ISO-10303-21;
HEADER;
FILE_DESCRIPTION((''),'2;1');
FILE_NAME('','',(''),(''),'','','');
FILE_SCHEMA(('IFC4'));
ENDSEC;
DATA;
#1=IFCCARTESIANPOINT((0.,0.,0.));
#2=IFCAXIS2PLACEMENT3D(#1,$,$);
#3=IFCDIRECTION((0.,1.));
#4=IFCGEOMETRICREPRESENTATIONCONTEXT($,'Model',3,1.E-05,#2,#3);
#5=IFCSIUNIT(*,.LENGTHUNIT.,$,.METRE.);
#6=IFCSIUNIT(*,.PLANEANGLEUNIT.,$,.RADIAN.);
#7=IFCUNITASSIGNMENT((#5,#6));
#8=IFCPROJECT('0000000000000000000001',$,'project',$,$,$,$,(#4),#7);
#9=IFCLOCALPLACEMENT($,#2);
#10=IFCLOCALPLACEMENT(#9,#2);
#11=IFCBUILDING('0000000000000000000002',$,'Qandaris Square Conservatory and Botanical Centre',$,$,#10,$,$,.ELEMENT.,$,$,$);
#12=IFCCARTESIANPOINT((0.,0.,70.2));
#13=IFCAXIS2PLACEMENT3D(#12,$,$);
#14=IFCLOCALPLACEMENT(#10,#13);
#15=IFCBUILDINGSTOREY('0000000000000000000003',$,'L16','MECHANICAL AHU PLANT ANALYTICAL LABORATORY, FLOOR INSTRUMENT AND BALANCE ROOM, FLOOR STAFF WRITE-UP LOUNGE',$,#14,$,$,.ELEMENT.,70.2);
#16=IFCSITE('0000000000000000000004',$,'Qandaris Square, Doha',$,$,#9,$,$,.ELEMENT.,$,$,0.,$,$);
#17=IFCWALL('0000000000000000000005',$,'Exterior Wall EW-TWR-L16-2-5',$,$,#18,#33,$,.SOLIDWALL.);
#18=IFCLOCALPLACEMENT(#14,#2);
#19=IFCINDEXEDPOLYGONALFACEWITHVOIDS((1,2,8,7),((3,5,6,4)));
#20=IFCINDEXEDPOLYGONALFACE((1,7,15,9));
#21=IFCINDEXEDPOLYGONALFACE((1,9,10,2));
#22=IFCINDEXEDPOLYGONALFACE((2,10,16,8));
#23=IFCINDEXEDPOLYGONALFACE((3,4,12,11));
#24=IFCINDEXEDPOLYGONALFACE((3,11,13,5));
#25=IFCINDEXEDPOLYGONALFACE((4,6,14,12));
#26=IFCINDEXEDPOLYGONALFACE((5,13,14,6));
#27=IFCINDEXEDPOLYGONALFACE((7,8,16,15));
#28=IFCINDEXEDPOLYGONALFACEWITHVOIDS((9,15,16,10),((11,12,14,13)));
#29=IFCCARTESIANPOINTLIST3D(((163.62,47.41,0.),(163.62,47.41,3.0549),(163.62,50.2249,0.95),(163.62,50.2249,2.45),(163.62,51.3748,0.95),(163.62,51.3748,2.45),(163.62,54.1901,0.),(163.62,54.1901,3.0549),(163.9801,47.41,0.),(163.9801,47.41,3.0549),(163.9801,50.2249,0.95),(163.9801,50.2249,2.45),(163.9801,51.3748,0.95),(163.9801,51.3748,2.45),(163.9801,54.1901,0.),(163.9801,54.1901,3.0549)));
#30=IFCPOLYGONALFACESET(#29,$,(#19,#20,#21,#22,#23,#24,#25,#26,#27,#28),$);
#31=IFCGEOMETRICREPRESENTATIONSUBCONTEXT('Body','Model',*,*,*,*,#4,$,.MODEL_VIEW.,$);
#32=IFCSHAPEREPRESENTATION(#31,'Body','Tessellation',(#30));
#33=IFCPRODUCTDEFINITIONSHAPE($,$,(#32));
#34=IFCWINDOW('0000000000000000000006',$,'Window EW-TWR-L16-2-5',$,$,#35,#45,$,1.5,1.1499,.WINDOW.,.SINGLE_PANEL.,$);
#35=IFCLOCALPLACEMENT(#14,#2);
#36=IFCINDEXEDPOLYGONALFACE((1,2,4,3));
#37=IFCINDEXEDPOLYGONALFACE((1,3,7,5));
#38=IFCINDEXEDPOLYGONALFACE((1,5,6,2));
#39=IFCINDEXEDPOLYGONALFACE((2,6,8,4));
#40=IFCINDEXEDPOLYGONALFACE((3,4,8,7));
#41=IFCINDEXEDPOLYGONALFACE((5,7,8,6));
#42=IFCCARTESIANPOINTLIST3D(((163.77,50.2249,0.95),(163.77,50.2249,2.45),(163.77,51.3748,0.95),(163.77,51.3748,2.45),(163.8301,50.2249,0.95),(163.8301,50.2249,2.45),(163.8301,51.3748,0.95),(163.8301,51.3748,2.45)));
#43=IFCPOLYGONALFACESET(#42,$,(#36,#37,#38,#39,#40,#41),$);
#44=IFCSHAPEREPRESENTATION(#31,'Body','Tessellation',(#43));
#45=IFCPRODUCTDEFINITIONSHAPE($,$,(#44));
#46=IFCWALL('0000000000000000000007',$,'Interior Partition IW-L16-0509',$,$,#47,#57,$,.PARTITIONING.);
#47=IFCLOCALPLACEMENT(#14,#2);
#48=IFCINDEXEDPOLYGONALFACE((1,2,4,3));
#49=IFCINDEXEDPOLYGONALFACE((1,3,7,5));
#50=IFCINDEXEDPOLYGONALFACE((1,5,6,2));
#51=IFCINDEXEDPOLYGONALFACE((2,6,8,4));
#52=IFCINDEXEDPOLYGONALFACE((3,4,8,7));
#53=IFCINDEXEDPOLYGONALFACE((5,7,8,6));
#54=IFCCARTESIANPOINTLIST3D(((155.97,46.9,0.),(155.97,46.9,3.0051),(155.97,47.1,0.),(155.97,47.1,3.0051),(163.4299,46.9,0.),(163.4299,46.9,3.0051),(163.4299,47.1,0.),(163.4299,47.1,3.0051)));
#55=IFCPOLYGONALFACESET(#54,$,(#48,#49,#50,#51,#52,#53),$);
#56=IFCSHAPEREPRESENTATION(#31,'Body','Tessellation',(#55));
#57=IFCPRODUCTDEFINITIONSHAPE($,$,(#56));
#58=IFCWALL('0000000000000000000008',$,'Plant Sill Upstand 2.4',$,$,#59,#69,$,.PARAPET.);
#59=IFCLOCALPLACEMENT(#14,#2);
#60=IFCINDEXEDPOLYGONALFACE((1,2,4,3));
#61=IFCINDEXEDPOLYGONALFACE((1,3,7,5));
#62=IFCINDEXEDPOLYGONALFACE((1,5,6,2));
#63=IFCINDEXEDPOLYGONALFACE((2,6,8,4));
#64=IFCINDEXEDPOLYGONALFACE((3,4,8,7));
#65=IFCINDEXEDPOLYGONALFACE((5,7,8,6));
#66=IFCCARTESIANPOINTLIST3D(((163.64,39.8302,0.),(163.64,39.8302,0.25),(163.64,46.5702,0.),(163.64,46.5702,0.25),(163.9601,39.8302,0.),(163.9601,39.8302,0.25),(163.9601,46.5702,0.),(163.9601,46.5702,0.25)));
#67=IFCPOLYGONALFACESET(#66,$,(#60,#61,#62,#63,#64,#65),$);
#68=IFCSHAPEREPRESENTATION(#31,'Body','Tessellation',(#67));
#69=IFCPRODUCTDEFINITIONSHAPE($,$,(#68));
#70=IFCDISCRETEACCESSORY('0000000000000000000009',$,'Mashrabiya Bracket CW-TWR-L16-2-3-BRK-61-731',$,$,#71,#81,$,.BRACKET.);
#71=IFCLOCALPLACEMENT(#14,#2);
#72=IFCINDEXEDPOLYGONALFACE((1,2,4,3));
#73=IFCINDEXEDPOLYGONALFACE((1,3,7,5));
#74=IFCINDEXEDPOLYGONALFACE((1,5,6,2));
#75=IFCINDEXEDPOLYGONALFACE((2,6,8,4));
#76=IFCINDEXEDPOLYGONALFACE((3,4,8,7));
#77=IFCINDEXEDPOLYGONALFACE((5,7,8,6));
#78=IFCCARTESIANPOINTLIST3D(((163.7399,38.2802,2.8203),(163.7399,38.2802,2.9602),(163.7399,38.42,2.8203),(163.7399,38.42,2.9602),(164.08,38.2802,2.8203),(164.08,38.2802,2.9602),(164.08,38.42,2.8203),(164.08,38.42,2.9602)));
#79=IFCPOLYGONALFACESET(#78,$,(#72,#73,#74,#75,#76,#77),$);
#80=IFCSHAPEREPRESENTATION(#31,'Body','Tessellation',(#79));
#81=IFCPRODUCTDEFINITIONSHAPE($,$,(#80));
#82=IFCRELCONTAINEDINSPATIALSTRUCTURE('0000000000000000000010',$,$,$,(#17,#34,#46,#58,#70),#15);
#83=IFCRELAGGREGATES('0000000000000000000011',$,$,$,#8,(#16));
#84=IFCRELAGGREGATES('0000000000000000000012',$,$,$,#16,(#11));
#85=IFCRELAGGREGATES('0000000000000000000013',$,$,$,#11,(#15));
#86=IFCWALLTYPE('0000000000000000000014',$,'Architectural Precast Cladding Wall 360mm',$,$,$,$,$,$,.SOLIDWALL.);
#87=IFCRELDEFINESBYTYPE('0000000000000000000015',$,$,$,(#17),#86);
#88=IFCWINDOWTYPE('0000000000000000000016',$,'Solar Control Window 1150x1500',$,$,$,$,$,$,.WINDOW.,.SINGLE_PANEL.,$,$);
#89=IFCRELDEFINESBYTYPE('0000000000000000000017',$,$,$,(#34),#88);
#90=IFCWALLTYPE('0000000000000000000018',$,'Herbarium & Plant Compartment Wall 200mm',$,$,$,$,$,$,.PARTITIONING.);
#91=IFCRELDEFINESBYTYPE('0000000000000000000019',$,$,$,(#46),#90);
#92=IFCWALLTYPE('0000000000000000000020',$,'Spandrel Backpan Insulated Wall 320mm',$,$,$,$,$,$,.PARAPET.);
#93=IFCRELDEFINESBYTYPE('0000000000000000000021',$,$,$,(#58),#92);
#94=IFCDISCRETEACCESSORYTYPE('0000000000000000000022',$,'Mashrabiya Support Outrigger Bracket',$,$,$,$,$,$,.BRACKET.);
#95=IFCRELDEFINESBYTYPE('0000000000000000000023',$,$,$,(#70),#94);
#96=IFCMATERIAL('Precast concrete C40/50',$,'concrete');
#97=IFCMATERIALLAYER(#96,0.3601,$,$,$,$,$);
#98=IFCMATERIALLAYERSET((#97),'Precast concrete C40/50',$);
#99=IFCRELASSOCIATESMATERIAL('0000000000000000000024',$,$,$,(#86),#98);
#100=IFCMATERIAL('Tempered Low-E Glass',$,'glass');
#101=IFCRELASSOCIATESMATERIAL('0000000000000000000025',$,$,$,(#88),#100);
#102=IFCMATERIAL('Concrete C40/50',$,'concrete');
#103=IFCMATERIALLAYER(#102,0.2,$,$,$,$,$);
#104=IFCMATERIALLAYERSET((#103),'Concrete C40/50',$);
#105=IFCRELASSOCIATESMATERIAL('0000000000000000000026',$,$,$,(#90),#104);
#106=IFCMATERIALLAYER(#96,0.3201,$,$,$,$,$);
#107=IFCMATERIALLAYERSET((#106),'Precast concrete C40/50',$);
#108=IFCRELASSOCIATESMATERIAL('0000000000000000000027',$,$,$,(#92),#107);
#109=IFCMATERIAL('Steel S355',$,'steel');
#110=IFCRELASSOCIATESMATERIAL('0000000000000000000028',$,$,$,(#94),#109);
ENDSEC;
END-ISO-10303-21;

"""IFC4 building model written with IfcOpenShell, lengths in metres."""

from ifc_helpers import new_model, si_unit, direction, frame, frame_2d, origin, origin_2d, place, context, subcontext, project, spatial, rectangle, extrude, material, layer, layer_set, type_object, element, fill, save


model = new_model("IFC4")

# Units and contexts
model_context = context("Model", 3, precision=1e-05, world=origin(), true_north=direction((0.0, 1.0)))
body_context = subcontext(model_context, "Body", "Model", "MODEL_VIEW")
ifc_project = project(units=[si_unit("LENGTHUNIT", "METRE"), si_unit("PLANEANGLEUNIT", "RADIAN")], contexts=[model_context])

# Site, building, storey
site_placement = place(None, origin())
site = spatial("IfcSite", under=ifc_project, at=site_placement, Name="Qandaris Square, Doha", CompositionType="ELEMENT", RefElevation=0.0)
building_placement = place(site_placement, origin())
building = spatial("IfcBuilding", under=site, at=building_placement, Name="Qandaris Square Conservatory and Botanical Centre", CompositionType="ELEMENT")
storey_placement = place(building_placement, frame((0.0, 0.0, 70.2)))
storey = spatial("IfcBuildingStorey", under=building, at=storey_placement, Name="L16", Description="MECHANICAL AHU PLANT ANALYTICAL LABORATORY, FLOOR INSTRUMENT AND BALANCE ROOM, FLOOR STAFF WRITE-UP LOUNGE", CompositionType="ELEMENT", Elevation=70.2)

# Shared definitions
ifc_material_1 = material(Name="Steel S355", Category="steel")

# Shared definitions
ifc_material_2 = material(Name="Tempered Low-E Glass", Category="glass")

# Wall, opening, window
ifc_material_3 = material(Name="Precast concrete C40/50", Category="concrete")
ifc_layer_1 = layer(ifc_material_3, 0.3601)
ifc_layer_set_1 = layer_set([ifc_layer_1], Name="Precast concrete C40/50")
wall_type_1 = type_object("IfcWallType", Name="Architectural Precast Cladding Wall 360mm", PredefinedType="SOLIDWALL", material=ifc_layer_set_1)
wall_1_placement = place(storey_placement, frame((163.8, 47.4099, 0.0), z_axis=(0.0, 0.0, 1.0), x_axis=(0.0, 1.0, 0.0)))
wall_1 = element("IfcWall", 1, at=wall_1_placement, inside=storey, type_object=wall_type_1, Name="Exterior Wall EW-TWR-L16-2-5", PredefinedType="SOLIDWALL", context=body_context, shape_type="SweptSolid", body=[
    extrude(rectangle(XDim=6.78, YDim=0.3601, at=frame_2d((3.3901, 0.0))), origin(), (0.0, 0.0, 1.0), 3.0549),
])
opening_placement = place(wall_1_placement, frame((2.8149, 0.0, 0.95)))
opening = element("IfcOpeningElement", 2, at=opening_placement, cuts=wall_1, PredefinedType="OPENING", context=body_context, shape_type="SweptSolid", body=[
    extrude(rectangle(XDim=1.1499, YDim=1.5, at=frame_2d((0.575, 0.75))), frame((0.0, 0.1919, 0.0), z_axis=(0.0, -1.0, 0.0), x_axis=(1.0, 0.0, 0.0)), (0.0, 0.0, 1.0), 0.384),
])
window_type = type_object("IfcWindowType", Name="Solar Control Window 1150x1500", PartitioningType="SINGLE_PANEL", PredefinedType="WINDOW", material=ifc_material_2)
window_placement = place(opening_placement, origin())
window = element("IfcWindow", 3, at=window_placement, inside=storey, type_object=window_type, Name="Window EW-TWR-L16-2-5", OverallHeight=1.5, OverallWidth=1.1499, PartitioningType="SINGLE_PANEL", PredefinedType="WINDOW", context=body_context, shape_type="SweptSolid", body=[
    extrude(rectangle(XDim=1.1499, YDim=1.5, at=frame_2d((0.575, 0.75))), frame((0.0, 0.03, 0.0), z_axis=(0.0, -1.0, 0.0), x_axis=(1.0, 0.0, 0.0)), (0.0, 0.0, 1.0), 0.0601),
])
fill(opening, window)

# Walls
ifc_material_4 = material(Name="Concrete C40/50", Category="concrete")
ifc_layer_2 = layer(ifc_material_4, 0.2)
ifc_layer_set_2 = layer_set([ifc_layer_2], Name="Concrete C40/50")
wall_type_2 = type_object("IfcWallType", Name="Herbarium & Plant Compartment Wall 200mm", PredefinedType="PARTITIONING", material=ifc_layer_set_2)
wall_2_placement = place(storey_placement, frame((155.97, 47.0, 0.0), z_axis=(0.0, 0.0, 1.0), x_axis=(1.0, 0.0, 0.0)))
element("IfcWall", 4, at=wall_2_placement, inside=storey, type_object=wall_type_2, Name="Interior Partition IW-L16-0509", PredefinedType="PARTITIONING", context=body_context, shape_type="SweptSolid", body=[
    extrude(rectangle(XDim=7.46, YDim=0.2, at=frame_2d((3.73, 0.0))), origin(), (0.0, 0.0, 1.0), 3.0051),
])
ifc_layer_3 = layer(ifc_material_3, 0.3201)
ifc_layer_set_3 = layer_set([ifc_layer_3], Name="Precast concrete C40/50")
wall_type_3 = type_object("IfcWallType", Name="Spandrel Backpan Insulated Wall 320mm", PredefinedType="PARAPET", material=ifc_layer_set_3)
wall_3_placement = place(storey_placement, frame((163.8, 39.8301, 0.0), z_axis=(0.0, 0.0, 1.0), x_axis=(0.0, 1.0, 0.0)))
element("IfcWall", 5, at=wall_3_placement, inside=storey, type_object=wall_type_3, Name="Plant Sill Upstand 2.4", PredefinedType="PARAPET", context=body_context, shape_type="SweptSolid", body=[
    extrude(rectangle(XDim=6.74, YDim=0.3201, at=frame_2d((3.3701, 0.0))), origin(), (0.0, 0.0, 1.0), 0.25),
])

# Discrete accessory
discrete_accessory_type = type_object("IfcDiscreteAccessoryType", Name="Mashrabiya Support Outrigger Bracket", PredefinedType="BRACKET", material=ifc_material_1)
discrete_accessory_placement = place(storey_placement, frame((163.9099, 38.3501, 2.8203), z_axis=(0.0, 0.0, 1.0), x_axis=(0.0, 1.0, 0.0)))
element("IfcDiscreteAccessory", 6, at=discrete_accessory_placement, inside=storey, type_object=discrete_accessory_type, Name="Mashrabiya Bracket CW-TWR-L16-2-3-BRK-61-731", PredefinedType="BRACKET", context=body_context, shape_type="SweptSolid", body=[
    extrude(rectangle(XDim=0.1399, YDim=0.3401, at=origin_2d()), origin(), (0.0, 0.0, 1.0), 0.1399),
])

save(model, "model.ifc")
